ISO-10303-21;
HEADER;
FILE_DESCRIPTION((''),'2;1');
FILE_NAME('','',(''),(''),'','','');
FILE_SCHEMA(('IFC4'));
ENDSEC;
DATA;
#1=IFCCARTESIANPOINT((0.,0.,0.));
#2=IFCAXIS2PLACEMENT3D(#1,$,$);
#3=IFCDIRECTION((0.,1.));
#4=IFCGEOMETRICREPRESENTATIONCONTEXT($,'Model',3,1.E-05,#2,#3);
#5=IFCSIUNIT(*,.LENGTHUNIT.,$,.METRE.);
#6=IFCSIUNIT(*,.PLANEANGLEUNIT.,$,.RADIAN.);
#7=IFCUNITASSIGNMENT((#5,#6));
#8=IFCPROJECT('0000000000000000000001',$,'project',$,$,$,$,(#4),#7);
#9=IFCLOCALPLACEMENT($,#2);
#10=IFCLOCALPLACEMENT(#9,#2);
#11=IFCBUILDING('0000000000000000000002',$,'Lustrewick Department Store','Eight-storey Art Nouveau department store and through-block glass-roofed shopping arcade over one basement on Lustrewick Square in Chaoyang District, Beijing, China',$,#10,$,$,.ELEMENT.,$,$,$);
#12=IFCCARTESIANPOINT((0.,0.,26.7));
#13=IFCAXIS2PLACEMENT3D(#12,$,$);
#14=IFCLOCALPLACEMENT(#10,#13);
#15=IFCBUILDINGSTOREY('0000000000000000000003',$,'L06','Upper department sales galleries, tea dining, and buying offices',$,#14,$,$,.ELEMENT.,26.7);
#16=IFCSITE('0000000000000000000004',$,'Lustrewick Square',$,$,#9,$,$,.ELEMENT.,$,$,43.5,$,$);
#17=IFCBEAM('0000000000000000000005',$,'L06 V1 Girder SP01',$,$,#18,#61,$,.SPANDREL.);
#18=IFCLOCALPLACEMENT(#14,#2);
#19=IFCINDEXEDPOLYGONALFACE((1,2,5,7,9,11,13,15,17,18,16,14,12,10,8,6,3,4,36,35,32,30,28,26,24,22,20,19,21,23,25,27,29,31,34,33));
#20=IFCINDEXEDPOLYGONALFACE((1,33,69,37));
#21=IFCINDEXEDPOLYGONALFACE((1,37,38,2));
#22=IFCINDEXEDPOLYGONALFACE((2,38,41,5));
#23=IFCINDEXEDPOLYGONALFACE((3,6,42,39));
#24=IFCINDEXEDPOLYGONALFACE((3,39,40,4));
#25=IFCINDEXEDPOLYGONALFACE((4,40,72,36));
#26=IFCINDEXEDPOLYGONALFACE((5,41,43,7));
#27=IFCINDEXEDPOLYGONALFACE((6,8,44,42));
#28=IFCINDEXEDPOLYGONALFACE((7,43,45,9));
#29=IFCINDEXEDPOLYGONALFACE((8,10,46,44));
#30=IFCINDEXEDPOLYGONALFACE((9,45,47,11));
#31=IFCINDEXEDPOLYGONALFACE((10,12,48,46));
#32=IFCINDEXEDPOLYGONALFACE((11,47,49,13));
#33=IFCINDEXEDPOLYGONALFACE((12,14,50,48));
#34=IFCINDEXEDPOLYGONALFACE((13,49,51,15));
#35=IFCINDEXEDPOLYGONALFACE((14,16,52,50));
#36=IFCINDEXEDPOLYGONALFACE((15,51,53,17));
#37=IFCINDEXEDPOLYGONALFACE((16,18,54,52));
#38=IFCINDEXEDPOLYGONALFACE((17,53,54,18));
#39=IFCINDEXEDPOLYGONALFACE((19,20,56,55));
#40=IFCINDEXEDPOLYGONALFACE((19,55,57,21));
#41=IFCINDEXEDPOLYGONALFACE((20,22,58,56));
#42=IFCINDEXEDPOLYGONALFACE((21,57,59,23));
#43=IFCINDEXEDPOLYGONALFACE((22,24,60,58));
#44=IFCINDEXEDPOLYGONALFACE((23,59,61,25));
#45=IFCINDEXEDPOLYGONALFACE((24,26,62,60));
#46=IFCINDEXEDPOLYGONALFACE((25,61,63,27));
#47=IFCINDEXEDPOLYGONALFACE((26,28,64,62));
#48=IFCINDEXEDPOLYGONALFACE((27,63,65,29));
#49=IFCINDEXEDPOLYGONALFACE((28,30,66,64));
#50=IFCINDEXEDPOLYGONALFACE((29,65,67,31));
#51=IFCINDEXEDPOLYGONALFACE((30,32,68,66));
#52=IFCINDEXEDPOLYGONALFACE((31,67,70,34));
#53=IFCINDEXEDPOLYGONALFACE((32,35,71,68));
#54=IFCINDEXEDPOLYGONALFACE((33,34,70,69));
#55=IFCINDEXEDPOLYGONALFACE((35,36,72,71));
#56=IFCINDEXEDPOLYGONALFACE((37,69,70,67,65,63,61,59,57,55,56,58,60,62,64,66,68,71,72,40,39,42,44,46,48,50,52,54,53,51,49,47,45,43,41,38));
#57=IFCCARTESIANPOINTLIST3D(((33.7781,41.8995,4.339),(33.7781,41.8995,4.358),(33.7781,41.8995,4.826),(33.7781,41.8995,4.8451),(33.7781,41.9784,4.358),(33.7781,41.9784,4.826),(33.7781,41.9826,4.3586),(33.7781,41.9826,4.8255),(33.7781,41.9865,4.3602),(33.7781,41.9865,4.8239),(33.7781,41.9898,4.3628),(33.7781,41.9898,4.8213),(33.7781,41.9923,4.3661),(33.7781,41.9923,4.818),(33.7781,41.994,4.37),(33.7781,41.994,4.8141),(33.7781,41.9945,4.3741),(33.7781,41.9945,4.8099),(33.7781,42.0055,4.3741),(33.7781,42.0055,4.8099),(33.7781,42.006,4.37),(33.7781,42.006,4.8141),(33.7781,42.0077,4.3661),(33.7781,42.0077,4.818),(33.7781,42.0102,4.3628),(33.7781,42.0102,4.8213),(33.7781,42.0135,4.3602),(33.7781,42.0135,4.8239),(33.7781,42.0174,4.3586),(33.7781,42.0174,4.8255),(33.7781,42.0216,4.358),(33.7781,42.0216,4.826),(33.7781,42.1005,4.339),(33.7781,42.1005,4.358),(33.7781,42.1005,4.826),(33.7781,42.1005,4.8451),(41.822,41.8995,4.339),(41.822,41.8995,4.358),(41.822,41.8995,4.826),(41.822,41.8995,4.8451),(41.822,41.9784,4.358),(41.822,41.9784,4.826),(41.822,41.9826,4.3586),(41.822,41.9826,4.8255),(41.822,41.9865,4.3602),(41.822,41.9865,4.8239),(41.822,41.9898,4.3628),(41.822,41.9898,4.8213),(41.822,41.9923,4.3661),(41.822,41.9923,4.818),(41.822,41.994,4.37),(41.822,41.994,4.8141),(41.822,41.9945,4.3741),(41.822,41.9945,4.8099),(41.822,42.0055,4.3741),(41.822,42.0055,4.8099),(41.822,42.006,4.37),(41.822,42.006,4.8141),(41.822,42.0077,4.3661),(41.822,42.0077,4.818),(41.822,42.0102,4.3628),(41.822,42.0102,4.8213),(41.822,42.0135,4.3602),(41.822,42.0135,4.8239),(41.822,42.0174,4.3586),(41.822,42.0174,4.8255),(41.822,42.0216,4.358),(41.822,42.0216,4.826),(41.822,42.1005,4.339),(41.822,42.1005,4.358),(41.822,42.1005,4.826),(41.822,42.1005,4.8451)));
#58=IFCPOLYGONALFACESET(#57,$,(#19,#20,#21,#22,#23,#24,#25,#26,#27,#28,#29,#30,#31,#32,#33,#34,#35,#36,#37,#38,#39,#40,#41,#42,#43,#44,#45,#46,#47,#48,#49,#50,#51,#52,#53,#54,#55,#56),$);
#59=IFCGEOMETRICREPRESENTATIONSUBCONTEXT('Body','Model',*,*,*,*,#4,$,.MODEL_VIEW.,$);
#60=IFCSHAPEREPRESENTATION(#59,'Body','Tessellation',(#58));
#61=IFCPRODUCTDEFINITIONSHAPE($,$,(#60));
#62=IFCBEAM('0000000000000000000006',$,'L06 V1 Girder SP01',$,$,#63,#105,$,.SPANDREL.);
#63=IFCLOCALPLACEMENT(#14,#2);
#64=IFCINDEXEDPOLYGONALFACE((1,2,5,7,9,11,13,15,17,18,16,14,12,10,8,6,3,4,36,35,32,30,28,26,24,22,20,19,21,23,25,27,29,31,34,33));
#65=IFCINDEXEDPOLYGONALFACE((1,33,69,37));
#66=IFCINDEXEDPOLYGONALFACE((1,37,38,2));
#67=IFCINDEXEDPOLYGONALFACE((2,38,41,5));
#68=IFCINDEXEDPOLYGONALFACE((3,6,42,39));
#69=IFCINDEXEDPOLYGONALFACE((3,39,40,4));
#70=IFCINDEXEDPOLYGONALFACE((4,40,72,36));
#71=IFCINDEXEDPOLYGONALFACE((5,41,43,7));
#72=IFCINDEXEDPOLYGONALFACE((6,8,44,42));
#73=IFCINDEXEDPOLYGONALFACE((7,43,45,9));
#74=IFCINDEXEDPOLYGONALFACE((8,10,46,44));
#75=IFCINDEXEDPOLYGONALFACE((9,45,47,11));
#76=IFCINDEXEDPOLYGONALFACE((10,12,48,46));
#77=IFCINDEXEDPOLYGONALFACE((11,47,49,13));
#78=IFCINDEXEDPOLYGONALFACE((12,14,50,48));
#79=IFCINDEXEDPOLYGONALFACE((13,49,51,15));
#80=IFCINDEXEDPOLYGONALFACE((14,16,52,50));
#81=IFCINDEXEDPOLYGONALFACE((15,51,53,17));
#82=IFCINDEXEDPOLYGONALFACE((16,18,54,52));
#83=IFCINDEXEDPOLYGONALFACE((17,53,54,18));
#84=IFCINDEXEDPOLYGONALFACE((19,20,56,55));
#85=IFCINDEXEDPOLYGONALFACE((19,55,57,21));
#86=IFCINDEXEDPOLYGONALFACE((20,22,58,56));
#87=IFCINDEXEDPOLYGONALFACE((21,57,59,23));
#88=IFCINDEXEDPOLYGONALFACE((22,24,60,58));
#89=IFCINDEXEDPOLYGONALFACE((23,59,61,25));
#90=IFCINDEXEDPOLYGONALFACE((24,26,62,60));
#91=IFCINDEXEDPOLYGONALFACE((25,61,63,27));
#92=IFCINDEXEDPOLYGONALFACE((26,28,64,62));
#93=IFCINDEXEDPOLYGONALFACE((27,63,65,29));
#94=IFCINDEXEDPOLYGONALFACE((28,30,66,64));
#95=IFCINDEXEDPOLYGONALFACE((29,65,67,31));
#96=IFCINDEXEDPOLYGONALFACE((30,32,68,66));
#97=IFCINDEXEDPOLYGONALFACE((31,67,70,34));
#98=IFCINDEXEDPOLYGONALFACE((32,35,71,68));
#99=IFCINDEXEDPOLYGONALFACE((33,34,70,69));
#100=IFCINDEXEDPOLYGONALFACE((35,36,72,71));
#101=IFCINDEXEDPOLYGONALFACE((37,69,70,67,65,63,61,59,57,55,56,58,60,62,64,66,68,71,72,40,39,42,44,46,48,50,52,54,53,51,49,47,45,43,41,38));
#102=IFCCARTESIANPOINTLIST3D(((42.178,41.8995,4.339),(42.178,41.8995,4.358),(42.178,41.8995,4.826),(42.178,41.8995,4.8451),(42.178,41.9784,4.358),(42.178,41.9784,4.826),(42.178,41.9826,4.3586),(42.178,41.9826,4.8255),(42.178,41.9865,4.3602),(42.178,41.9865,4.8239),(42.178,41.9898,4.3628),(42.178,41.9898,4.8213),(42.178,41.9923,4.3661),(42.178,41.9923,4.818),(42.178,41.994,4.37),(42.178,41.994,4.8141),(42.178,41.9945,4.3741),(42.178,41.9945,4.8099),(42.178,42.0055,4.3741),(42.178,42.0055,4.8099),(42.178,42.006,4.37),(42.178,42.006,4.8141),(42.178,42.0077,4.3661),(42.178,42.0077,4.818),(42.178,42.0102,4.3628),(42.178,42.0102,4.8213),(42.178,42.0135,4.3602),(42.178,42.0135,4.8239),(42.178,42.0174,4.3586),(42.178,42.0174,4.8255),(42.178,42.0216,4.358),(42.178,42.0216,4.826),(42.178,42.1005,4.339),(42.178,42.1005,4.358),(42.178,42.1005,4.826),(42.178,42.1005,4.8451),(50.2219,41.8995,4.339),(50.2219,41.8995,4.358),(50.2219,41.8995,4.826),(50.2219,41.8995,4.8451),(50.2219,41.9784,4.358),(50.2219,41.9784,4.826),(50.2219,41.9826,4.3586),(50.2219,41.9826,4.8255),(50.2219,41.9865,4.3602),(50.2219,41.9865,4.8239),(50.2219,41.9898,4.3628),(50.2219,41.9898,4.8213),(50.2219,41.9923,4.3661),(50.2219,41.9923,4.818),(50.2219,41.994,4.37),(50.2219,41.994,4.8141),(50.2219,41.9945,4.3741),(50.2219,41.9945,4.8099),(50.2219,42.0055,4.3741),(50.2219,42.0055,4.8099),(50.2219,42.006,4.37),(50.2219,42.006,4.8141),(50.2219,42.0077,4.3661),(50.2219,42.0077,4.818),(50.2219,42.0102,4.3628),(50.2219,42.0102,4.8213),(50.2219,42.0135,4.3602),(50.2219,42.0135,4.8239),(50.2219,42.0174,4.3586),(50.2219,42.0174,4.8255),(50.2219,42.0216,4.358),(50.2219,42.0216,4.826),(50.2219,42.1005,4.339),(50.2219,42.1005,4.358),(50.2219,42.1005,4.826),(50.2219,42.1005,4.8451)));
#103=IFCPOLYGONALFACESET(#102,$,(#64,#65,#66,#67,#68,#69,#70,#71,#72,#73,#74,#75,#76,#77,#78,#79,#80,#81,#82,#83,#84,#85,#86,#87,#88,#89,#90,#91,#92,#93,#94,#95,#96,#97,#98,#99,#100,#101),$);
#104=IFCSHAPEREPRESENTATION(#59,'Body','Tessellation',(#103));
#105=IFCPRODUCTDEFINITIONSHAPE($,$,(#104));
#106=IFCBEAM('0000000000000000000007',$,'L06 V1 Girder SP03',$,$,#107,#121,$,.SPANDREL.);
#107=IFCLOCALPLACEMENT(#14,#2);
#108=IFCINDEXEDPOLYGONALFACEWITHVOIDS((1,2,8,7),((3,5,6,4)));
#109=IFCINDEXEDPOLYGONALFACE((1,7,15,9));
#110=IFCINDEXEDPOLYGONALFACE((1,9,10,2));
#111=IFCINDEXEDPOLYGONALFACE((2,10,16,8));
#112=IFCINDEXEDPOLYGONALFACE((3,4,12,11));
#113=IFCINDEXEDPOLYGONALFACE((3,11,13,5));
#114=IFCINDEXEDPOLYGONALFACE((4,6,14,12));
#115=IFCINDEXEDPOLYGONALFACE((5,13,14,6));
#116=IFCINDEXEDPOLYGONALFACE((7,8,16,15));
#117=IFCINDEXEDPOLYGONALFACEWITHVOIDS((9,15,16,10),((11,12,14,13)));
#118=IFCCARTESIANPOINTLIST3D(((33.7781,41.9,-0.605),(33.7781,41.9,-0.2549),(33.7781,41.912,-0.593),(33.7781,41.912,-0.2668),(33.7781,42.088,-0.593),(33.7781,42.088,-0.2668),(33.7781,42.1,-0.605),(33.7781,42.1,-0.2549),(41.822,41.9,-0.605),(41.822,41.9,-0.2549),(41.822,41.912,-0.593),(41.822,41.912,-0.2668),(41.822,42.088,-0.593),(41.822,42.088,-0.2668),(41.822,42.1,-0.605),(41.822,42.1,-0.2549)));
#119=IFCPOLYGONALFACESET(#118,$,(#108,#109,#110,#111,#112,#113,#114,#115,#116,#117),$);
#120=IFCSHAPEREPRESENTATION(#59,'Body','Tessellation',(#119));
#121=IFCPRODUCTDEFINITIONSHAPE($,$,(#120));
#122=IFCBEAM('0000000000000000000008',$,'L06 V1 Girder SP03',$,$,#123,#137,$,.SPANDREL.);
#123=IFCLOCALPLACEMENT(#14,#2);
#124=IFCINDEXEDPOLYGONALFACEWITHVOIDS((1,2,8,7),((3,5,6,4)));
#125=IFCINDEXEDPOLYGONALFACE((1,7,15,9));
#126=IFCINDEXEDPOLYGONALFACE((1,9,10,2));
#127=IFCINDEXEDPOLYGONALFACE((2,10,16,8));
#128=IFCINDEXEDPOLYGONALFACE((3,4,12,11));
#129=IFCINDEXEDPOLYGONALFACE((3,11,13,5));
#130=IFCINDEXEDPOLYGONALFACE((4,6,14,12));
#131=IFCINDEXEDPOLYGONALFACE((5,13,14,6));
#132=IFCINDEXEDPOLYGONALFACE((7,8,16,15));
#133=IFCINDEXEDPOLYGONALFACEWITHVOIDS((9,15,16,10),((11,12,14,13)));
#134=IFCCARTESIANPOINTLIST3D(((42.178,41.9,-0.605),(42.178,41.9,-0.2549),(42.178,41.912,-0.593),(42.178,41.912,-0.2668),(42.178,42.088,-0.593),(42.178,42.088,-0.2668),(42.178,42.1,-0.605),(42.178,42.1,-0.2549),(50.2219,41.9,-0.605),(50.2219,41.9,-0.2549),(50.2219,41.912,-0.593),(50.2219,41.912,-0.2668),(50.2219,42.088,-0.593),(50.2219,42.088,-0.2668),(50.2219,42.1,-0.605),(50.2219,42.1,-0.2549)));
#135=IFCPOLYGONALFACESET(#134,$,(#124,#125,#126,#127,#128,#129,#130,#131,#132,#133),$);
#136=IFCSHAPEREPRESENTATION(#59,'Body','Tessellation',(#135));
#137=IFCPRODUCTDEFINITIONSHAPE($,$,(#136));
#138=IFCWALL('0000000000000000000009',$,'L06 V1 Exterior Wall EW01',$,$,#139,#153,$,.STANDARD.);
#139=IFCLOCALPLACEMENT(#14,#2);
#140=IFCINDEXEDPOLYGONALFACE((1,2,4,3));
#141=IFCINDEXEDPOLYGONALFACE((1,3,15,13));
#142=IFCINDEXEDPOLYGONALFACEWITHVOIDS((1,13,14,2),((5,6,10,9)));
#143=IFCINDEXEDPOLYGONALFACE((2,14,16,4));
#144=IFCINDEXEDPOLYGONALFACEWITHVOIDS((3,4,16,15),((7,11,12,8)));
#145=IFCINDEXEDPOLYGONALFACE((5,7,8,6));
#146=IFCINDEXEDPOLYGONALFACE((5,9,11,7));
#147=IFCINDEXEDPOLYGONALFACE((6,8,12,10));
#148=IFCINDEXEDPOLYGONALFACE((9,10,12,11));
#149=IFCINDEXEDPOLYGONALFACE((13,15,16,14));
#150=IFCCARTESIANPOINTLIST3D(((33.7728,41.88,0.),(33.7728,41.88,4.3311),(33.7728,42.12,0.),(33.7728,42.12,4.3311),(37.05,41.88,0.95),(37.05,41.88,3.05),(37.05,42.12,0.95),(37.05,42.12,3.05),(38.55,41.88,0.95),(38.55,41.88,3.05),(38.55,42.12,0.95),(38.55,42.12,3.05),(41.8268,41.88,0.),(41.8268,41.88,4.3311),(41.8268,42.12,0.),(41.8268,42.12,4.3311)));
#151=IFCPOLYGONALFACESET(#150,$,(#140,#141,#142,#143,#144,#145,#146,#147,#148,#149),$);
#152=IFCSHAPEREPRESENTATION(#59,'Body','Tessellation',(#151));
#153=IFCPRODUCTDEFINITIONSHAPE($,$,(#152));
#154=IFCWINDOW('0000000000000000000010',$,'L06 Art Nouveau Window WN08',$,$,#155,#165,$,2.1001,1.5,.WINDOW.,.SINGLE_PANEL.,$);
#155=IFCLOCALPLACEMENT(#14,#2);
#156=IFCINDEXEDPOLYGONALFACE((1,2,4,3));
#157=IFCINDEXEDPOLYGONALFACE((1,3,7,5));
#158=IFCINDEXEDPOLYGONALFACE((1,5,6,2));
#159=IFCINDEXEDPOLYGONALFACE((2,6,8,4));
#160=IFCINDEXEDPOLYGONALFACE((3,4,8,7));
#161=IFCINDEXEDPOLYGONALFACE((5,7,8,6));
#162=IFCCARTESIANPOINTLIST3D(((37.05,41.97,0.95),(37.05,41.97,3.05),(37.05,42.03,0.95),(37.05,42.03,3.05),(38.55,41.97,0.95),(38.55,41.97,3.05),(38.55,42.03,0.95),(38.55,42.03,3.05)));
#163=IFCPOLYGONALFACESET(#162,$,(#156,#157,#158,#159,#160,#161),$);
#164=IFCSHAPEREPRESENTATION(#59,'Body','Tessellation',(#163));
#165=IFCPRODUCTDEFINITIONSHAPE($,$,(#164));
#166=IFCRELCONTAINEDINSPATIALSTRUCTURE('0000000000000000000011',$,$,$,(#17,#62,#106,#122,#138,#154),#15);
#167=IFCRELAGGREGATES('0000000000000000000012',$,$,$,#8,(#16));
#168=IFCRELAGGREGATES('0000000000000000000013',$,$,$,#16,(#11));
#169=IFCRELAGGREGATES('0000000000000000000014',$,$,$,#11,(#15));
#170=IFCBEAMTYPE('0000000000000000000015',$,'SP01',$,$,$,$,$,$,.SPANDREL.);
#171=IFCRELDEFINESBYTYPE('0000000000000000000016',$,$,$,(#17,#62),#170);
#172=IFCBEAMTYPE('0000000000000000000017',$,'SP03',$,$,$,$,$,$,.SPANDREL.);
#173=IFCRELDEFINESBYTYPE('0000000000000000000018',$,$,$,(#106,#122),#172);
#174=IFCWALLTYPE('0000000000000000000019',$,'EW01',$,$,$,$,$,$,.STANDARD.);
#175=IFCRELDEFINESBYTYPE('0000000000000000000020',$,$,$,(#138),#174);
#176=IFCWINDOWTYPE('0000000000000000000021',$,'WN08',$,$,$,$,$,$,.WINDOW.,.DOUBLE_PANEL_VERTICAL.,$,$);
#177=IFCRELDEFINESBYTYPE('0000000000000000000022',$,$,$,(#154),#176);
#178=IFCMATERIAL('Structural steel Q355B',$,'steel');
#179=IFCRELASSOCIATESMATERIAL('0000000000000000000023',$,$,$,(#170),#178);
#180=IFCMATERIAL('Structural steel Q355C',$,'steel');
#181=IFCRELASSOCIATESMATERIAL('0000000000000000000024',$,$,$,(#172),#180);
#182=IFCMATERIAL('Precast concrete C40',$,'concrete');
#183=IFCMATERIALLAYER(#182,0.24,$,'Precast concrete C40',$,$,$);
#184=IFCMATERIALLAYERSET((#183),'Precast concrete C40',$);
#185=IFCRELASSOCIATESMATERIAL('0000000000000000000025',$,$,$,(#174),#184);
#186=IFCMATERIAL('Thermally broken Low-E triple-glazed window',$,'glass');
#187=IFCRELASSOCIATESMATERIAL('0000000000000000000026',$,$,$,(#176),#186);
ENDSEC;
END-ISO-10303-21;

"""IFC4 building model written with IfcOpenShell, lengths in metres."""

from ifc_helpers import new_model, si_unit, direction, frame, frame_2d, origin, origin_2d, place, context, subcontext, project, spatial, rectangle, hollow_rectangle, i_section, extrude, material, layer, layer_set, material_profile, profile_set, type_object, element, fill, save


model = new_model("IFC4")

# Units and contexts
model_context = context("Model", 3, precision=1e-05, world=origin(), true_north=direction((0.0, 1.0)))
body_context = subcontext(model_context, "Body", "Model", "MODEL_VIEW")
ifc_project = project(units=[si_unit("LENGTHUNIT", "METRE"), si_unit("PLANEANGLEUNIT", "RADIAN")], contexts=[model_context])

# Site, building, storey
site_placement = place(None, origin())
site = spatial("IfcSite", under=ifc_project, at=site_placement, Name="Lustrewick Square", CompositionType="ELEMENT", RefElevation=43.5)
building_placement = place(site_placement, origin())
building = spatial("IfcBuilding", under=site, at=building_placement, Name="Lustrewick Department Store", Description="Eight-storey Art Nouveau department store and through-block glass-roofed shopping arcade over one basement on Lustrewick Square in Chaoyang District, Beijing, China", CompositionType="ELEMENT")
storey_placement = place(building_placement, frame((0.0, 0.0, 26.7)))
storey = spatial("IfcBuildingStorey", under=building, at=storey_placement, Name="L06", Description="Upper department sales galleries, tea dining, and buying offices", CompositionType="ELEMENT", Elevation=26.7)

# Shared definitions
ifc_material_1 = material(Name="Structural steel Q355B", Category="steel")

# Beams
ifc_material_2 = material(Name="Structural steel Q355C", Category="steel")
ifc_material_profile_1 = material_profile(ifc_material_1, i_section(OverallWidth=0.2009, OverallDepth=0.5061, WebThickness=0.011, FlangeThickness=0.019, FilletRadius=0.0161, at=origin_2d()), Name="HN 506x201x11x19")
ifc_profile_set_1 = profile_set([ifc_material_profile_1], Name="Structural steel Q355B")
beam_type_1 = type_object("IfcBeamType", Name="SP01", PredefinedType="SPANDREL", material=ifc_profile_set_1)
for number, where, z_axis, x_axis, name in (
    (1, (33.7781, 42.0, 4.592), (1.0, 0.0, 0.0), (0.0, 1.0, 0.0), "L06 V1 Girder SP01"),
    (2, (42.178, 42.0, 4.592), (1.0, 0.0, 0.0), (0.0, 1.0, 0.0), "L06 V1 Girder SP01"),
):
    element("IfcBeam", number, at=place(storey_placement, frame(where, z_axis=z_axis, x_axis=x_axis)), inside=storey, type_object=beam_type_1, Name=name, PredefinedType="SPANDREL", context=body_context, shape_type="SweptSolid", body=[
        extrude(i_section(OverallWidth=0.2009, OverallDepth=0.5061, WebThickness=0.011, FlangeThickness=0.019, FilletRadius=0.0161, at=origin_2d()), origin(), (0.0, 0.0, 1.0), 8.0439),
    ])
ifc_material_profile_2 = material_profile(ifc_material_2, hollow_rectangle(XDim=0.2, YDim=0.3501, WallThickness=0.012, at=origin_2d()), Name="RHS 350x200x12")
ifc_profile_set_2 = profile_set([ifc_material_profile_2], Name="Structural steel Q355C")
beam_type_2 = type_object("IfcBeamType", Name="SP03", PredefinedType="SPANDREL", material=ifc_profile_set_2)
for number, where, z_axis, x_axis, name in (
    (3, (33.7781, 42.0, -0.4299), (1.0, 0.0, 0.0), (0.0, 1.0, 0.0), "L06 V1 Girder SP03"),
    (4, (42.178, 42.0, -0.4299), (1.0, 0.0, 0.0), (0.0, 1.0, 0.0), "L06 V1 Girder SP03"),
):
    element("IfcBeam", number, at=place(storey_placement, frame(where, z_axis=z_axis, x_axis=x_axis)), inside=storey, type_object=beam_type_2, Name=name, PredefinedType="SPANDREL", context=body_context, shape_type="SweptSolid", body=[
        extrude(hollow_rectangle(XDim=0.2, YDim=0.3501, WallThickness=0.012, at=origin_2d()), origin(), (0.0, 0.0, 1.0), 8.0439),
    ])

# Wall, opening, window
ifc_material_3 = material(Name="Precast concrete C40", Category="concrete")
ifc_layer_1 = layer(ifc_material_3, 0.24, Name="Precast concrete C40")
ifc_layer_set_1 = layer_set([ifc_layer_1], Name="Precast concrete C40")
wall_type_1 = type_object("IfcWallType", Name="EW01", PredefinedType="STANDARD", material=ifc_layer_set_1)
wall_1_placement = place(storey_placement, frame((33.7729, 42.0, 0.0), z_axis=(0.0, 0.0, 1.0), x_axis=(1.0, 0.0, 0.0)))
wall_1 = element("IfcWall", 5, at=wall_1_placement, inside=storey, type_object=wall_type_1, Name="L06 V1 Exterior Wall EW01", PredefinedType="STANDARD", context=body_context, shape_type="SweptSolid", body=[
    extrude(rectangle(XDim=8.054, YDim=0.24, at=frame_2d((4.0269, 0.0))), origin(), (0.0, 0.0, 1.0), 4.3311),
])
opening_1_placement = place(wall_1_placement, frame((3.2771, 0.0, 0.95)))
opening_1 = element("IfcOpeningElement", 6, at=opening_1_placement, cuts=wall_1, PredefinedType="OPENING", context=body_context, shape_type="SweptSolid", body=[
    extrude(rectangle(XDim=1.5, YDim=2.1001, at=frame_2d((0.75, 1.05))), frame((0.0, 0.1299, 0.0), z_axis=(0.0, -1.0, 0.0), x_axis=(1.0, 0.0, 0.0)), (0.0, 0.0, 1.0), 0.26),
])
ifc_material_4 = material(Name="Thermally broken Low-E triple-glazed window", Category="glass")
window_type_1 = type_object("IfcWindowType", Name="WN08", PartitioningType="DOUBLE_PANEL_VERTICAL", PredefinedType="WINDOW", material=ifc_material_4)
window_1_placement = place(opening_1_placement, origin())
window_1 = element("IfcWindow", 7, at=window_1_placement, inside=storey, type_object=window_type_1, Name="L06 Art Nouveau Window WN08", OverallHeight=2.1001, OverallWidth=1.5, PartitioningType="SINGLE_PANEL", PredefinedType="WINDOW", context=body_context, shape_type="SweptSolid", body=[
    extrude(rectangle(XDim=1.5, YDim=2.1001, at=frame_2d((0.75, 1.05))), frame((0.0, 0.03, 0.0), z_axis=(0.0, -1.0, 0.0), x_axis=(1.0, 0.0, 0.0)), (0.0, 0.0, 1.0), 0.0601),
])
fill(opening_1, window_1)

save(model, "model.ifc")
